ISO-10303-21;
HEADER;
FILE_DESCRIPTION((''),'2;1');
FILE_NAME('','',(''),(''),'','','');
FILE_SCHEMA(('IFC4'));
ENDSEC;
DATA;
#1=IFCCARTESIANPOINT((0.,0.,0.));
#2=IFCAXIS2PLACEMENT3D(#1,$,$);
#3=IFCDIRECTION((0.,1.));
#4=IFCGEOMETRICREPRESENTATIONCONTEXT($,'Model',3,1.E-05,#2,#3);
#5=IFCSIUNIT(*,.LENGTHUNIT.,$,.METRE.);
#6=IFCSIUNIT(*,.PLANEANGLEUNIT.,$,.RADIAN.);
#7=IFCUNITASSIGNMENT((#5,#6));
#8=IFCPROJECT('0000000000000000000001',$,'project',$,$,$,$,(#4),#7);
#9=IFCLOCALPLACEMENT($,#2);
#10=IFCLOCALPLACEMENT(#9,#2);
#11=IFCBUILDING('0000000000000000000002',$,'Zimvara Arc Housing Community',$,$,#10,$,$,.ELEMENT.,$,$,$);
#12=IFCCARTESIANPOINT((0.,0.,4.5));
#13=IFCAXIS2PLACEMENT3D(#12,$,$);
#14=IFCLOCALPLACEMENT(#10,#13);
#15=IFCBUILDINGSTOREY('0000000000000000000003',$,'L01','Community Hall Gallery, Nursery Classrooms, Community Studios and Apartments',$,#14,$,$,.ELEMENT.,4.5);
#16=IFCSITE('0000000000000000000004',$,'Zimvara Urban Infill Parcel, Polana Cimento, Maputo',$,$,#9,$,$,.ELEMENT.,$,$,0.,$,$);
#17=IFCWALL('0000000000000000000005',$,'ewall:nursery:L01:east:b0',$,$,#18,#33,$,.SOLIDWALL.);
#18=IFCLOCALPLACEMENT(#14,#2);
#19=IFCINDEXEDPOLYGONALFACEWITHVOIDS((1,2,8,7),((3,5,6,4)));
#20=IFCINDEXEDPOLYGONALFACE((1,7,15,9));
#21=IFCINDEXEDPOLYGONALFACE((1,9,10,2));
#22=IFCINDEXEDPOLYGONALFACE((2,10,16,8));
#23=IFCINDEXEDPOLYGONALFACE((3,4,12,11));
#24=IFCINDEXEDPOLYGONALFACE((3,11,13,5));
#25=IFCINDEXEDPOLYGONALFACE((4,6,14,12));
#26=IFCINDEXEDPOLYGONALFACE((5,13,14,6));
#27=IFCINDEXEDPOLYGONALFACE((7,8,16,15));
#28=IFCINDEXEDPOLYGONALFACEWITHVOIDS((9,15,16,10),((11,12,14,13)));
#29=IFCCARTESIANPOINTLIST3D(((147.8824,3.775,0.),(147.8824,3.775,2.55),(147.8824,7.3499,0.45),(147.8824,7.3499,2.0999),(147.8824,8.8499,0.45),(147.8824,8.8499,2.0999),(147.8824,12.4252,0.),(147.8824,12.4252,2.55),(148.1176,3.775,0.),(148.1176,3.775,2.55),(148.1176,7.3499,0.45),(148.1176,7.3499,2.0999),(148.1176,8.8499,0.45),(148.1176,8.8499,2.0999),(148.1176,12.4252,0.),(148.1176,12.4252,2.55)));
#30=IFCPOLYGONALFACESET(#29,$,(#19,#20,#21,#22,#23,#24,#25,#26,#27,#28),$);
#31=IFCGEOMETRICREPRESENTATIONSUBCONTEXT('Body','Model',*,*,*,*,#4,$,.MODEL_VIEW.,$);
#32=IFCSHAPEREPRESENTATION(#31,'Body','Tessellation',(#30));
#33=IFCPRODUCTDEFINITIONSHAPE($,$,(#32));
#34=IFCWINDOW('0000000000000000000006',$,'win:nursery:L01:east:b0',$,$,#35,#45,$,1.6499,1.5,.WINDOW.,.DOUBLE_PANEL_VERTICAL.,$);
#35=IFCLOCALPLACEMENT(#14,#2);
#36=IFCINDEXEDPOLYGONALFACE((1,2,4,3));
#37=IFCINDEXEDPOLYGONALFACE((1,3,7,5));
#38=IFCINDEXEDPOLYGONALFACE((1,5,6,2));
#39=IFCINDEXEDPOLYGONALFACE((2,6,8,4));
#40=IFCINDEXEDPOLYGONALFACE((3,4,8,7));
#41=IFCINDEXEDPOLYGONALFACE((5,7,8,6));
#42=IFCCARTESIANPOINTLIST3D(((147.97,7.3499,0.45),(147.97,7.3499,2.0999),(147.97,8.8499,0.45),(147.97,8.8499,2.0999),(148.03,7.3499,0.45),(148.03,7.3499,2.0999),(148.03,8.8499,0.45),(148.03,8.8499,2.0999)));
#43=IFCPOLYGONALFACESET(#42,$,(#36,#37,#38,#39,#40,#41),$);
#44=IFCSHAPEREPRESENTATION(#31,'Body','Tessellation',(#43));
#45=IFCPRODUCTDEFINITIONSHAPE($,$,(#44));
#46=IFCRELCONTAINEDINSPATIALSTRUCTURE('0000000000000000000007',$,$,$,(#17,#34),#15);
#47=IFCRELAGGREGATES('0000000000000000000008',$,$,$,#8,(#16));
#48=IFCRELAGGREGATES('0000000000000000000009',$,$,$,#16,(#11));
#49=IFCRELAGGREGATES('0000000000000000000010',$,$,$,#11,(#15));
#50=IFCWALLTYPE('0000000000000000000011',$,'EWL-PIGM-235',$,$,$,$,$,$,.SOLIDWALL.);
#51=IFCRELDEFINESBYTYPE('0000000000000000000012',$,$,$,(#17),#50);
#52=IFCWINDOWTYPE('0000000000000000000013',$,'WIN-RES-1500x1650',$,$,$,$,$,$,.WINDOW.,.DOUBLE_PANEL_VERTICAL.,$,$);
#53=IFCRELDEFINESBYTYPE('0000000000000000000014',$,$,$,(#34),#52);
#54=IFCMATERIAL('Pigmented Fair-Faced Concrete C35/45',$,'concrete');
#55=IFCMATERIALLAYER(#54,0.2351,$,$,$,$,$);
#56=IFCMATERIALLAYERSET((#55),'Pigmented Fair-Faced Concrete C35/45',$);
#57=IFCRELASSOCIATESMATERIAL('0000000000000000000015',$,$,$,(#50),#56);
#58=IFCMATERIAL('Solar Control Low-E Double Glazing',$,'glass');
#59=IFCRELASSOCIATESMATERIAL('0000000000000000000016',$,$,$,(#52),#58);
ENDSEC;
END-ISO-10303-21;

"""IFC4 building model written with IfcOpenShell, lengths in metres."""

from ifc_helpers import new_model, si_unit, direction, frame, frame_2d, origin, place, context, subcontext, project, spatial, rectangle, extrude, material, layer, layer_set, type_object, element, fill, save


model = new_model("IFC4")

# Units and contexts
model_context = context("Model", 3, precision=1e-05, world=origin(), true_north=direction((0.0, 1.0)))
body_context = subcontext(model_context, "Body", "Model", "MODEL_VIEW")
ifc_project = project(units=[si_unit("LENGTHUNIT", "METRE"), si_unit("PLANEANGLEUNIT", "RADIAN")], contexts=[model_context])

# Site, building, storey
site_placement = place(None, origin())
site = spatial("IfcSite", under=ifc_project, at=site_placement, Name="Zimvara Urban Infill Parcel, Polana Cimento, Maputo", CompositionType="ELEMENT", RefElevation=0.0)
building_placement = place(site_placement, origin())
building = spatial("IfcBuilding", under=site, at=building_placement, Name="Zimvara Arc Housing Community", CompositionType="ELEMENT")
storey_placement = place(building_placement, frame((0.0, 0.0, 4.5)))
storey = spatial("IfcBuildingStorey", under=building, at=storey_placement, Name="L01", Description="Community Hall Gallery, Nursery Classrooms, Community Studios and Apartments", CompositionType="ELEMENT", Elevation=4.5)

# Wall, opening, window
ifc_material_1 = material(Name="Pigmented Fair-Faced Concrete C35/45", Category="concrete")
ifc_layer_1 = layer(ifc_material_1, 0.2351)
ifc_layer_set_1 = layer_set([ifc_layer_1], Name="Pigmented Fair-Faced Concrete C35/45")
wall_type = type_object("IfcWallType", Name="EWL-PIGM-235", PredefinedType="SOLIDWALL", material=ifc_layer_set_1)
wall_placement = place(storey_placement, frame((148.0, 3.7749, 0.0), z_axis=(0.0, 0.0, 1.0), x_axis=(0.0, 1.0, 0.0)))
wall = element("IfcWall", 1, at=wall_placement, inside=storey, type_object=wall_type, Name="ewall:nursery:L01:east:b0", PredefinedType="SOLIDWALL", context=body_context, shape_type="SweptSolid", body=[
    extrude(rectangle(XDim=8.6501, YDim=0.2351, at=frame_2d((4.3252, 0.0))), origin(), (0.0, 0.0, 1.0), 2.55),
])
opening_placement = place(wall_placement, frame((3.575, 0.0, 0.45)))
opening = element("IfcOpeningElement", 2, at=opening_placement, cuts=wall, PredefinedType="OPENING", context=body_context, shape_type="SweptSolid", body=[
    extrude(rectangle(XDim=1.5, YDim=1.6499, at=frame_2d((0.75, 0.825))), frame((0.0, 0.1274, 0.0), z_axis=(0.0, -1.0, 0.0), x_axis=(1.0, 0.0, 0.0)), (0.0, 0.0, 1.0), 0.2551),
])
ifc_material_2 = material(Name="Solar Control Low-E Double Glazing", Category="glass")
window_type = type_object("IfcWindowType", Name="WIN-RES-1500x1650", PartitioningType="DOUBLE_PANEL_VERTICAL", PredefinedType="WINDOW", material=ifc_material_2)
window_placement = place(opening_placement, origin())
window = element("IfcWindow", 3, at=window_placement, inside=storey, type_object=window_type, Name="win:nursery:L01:east:b0", OverallHeight=1.6499, OverallWidth=1.5, PartitioningType="DOUBLE_PANEL_VERTICAL", PredefinedType="WINDOW", context=body_context, shape_type="SweptSolid", body=[
    extrude(rectangle(XDim=1.5, YDim=1.6499, at=frame_2d((0.75, 0.825))), frame((0.0, 0.03, 0.0), z_axis=(0.0, -1.0, 0.0), x_axis=(1.0, 0.0, 0.0)), (0.0, 0.0, 1.0), 0.0601),
])
fill(opening, window)

save(model, "model.ifc")
